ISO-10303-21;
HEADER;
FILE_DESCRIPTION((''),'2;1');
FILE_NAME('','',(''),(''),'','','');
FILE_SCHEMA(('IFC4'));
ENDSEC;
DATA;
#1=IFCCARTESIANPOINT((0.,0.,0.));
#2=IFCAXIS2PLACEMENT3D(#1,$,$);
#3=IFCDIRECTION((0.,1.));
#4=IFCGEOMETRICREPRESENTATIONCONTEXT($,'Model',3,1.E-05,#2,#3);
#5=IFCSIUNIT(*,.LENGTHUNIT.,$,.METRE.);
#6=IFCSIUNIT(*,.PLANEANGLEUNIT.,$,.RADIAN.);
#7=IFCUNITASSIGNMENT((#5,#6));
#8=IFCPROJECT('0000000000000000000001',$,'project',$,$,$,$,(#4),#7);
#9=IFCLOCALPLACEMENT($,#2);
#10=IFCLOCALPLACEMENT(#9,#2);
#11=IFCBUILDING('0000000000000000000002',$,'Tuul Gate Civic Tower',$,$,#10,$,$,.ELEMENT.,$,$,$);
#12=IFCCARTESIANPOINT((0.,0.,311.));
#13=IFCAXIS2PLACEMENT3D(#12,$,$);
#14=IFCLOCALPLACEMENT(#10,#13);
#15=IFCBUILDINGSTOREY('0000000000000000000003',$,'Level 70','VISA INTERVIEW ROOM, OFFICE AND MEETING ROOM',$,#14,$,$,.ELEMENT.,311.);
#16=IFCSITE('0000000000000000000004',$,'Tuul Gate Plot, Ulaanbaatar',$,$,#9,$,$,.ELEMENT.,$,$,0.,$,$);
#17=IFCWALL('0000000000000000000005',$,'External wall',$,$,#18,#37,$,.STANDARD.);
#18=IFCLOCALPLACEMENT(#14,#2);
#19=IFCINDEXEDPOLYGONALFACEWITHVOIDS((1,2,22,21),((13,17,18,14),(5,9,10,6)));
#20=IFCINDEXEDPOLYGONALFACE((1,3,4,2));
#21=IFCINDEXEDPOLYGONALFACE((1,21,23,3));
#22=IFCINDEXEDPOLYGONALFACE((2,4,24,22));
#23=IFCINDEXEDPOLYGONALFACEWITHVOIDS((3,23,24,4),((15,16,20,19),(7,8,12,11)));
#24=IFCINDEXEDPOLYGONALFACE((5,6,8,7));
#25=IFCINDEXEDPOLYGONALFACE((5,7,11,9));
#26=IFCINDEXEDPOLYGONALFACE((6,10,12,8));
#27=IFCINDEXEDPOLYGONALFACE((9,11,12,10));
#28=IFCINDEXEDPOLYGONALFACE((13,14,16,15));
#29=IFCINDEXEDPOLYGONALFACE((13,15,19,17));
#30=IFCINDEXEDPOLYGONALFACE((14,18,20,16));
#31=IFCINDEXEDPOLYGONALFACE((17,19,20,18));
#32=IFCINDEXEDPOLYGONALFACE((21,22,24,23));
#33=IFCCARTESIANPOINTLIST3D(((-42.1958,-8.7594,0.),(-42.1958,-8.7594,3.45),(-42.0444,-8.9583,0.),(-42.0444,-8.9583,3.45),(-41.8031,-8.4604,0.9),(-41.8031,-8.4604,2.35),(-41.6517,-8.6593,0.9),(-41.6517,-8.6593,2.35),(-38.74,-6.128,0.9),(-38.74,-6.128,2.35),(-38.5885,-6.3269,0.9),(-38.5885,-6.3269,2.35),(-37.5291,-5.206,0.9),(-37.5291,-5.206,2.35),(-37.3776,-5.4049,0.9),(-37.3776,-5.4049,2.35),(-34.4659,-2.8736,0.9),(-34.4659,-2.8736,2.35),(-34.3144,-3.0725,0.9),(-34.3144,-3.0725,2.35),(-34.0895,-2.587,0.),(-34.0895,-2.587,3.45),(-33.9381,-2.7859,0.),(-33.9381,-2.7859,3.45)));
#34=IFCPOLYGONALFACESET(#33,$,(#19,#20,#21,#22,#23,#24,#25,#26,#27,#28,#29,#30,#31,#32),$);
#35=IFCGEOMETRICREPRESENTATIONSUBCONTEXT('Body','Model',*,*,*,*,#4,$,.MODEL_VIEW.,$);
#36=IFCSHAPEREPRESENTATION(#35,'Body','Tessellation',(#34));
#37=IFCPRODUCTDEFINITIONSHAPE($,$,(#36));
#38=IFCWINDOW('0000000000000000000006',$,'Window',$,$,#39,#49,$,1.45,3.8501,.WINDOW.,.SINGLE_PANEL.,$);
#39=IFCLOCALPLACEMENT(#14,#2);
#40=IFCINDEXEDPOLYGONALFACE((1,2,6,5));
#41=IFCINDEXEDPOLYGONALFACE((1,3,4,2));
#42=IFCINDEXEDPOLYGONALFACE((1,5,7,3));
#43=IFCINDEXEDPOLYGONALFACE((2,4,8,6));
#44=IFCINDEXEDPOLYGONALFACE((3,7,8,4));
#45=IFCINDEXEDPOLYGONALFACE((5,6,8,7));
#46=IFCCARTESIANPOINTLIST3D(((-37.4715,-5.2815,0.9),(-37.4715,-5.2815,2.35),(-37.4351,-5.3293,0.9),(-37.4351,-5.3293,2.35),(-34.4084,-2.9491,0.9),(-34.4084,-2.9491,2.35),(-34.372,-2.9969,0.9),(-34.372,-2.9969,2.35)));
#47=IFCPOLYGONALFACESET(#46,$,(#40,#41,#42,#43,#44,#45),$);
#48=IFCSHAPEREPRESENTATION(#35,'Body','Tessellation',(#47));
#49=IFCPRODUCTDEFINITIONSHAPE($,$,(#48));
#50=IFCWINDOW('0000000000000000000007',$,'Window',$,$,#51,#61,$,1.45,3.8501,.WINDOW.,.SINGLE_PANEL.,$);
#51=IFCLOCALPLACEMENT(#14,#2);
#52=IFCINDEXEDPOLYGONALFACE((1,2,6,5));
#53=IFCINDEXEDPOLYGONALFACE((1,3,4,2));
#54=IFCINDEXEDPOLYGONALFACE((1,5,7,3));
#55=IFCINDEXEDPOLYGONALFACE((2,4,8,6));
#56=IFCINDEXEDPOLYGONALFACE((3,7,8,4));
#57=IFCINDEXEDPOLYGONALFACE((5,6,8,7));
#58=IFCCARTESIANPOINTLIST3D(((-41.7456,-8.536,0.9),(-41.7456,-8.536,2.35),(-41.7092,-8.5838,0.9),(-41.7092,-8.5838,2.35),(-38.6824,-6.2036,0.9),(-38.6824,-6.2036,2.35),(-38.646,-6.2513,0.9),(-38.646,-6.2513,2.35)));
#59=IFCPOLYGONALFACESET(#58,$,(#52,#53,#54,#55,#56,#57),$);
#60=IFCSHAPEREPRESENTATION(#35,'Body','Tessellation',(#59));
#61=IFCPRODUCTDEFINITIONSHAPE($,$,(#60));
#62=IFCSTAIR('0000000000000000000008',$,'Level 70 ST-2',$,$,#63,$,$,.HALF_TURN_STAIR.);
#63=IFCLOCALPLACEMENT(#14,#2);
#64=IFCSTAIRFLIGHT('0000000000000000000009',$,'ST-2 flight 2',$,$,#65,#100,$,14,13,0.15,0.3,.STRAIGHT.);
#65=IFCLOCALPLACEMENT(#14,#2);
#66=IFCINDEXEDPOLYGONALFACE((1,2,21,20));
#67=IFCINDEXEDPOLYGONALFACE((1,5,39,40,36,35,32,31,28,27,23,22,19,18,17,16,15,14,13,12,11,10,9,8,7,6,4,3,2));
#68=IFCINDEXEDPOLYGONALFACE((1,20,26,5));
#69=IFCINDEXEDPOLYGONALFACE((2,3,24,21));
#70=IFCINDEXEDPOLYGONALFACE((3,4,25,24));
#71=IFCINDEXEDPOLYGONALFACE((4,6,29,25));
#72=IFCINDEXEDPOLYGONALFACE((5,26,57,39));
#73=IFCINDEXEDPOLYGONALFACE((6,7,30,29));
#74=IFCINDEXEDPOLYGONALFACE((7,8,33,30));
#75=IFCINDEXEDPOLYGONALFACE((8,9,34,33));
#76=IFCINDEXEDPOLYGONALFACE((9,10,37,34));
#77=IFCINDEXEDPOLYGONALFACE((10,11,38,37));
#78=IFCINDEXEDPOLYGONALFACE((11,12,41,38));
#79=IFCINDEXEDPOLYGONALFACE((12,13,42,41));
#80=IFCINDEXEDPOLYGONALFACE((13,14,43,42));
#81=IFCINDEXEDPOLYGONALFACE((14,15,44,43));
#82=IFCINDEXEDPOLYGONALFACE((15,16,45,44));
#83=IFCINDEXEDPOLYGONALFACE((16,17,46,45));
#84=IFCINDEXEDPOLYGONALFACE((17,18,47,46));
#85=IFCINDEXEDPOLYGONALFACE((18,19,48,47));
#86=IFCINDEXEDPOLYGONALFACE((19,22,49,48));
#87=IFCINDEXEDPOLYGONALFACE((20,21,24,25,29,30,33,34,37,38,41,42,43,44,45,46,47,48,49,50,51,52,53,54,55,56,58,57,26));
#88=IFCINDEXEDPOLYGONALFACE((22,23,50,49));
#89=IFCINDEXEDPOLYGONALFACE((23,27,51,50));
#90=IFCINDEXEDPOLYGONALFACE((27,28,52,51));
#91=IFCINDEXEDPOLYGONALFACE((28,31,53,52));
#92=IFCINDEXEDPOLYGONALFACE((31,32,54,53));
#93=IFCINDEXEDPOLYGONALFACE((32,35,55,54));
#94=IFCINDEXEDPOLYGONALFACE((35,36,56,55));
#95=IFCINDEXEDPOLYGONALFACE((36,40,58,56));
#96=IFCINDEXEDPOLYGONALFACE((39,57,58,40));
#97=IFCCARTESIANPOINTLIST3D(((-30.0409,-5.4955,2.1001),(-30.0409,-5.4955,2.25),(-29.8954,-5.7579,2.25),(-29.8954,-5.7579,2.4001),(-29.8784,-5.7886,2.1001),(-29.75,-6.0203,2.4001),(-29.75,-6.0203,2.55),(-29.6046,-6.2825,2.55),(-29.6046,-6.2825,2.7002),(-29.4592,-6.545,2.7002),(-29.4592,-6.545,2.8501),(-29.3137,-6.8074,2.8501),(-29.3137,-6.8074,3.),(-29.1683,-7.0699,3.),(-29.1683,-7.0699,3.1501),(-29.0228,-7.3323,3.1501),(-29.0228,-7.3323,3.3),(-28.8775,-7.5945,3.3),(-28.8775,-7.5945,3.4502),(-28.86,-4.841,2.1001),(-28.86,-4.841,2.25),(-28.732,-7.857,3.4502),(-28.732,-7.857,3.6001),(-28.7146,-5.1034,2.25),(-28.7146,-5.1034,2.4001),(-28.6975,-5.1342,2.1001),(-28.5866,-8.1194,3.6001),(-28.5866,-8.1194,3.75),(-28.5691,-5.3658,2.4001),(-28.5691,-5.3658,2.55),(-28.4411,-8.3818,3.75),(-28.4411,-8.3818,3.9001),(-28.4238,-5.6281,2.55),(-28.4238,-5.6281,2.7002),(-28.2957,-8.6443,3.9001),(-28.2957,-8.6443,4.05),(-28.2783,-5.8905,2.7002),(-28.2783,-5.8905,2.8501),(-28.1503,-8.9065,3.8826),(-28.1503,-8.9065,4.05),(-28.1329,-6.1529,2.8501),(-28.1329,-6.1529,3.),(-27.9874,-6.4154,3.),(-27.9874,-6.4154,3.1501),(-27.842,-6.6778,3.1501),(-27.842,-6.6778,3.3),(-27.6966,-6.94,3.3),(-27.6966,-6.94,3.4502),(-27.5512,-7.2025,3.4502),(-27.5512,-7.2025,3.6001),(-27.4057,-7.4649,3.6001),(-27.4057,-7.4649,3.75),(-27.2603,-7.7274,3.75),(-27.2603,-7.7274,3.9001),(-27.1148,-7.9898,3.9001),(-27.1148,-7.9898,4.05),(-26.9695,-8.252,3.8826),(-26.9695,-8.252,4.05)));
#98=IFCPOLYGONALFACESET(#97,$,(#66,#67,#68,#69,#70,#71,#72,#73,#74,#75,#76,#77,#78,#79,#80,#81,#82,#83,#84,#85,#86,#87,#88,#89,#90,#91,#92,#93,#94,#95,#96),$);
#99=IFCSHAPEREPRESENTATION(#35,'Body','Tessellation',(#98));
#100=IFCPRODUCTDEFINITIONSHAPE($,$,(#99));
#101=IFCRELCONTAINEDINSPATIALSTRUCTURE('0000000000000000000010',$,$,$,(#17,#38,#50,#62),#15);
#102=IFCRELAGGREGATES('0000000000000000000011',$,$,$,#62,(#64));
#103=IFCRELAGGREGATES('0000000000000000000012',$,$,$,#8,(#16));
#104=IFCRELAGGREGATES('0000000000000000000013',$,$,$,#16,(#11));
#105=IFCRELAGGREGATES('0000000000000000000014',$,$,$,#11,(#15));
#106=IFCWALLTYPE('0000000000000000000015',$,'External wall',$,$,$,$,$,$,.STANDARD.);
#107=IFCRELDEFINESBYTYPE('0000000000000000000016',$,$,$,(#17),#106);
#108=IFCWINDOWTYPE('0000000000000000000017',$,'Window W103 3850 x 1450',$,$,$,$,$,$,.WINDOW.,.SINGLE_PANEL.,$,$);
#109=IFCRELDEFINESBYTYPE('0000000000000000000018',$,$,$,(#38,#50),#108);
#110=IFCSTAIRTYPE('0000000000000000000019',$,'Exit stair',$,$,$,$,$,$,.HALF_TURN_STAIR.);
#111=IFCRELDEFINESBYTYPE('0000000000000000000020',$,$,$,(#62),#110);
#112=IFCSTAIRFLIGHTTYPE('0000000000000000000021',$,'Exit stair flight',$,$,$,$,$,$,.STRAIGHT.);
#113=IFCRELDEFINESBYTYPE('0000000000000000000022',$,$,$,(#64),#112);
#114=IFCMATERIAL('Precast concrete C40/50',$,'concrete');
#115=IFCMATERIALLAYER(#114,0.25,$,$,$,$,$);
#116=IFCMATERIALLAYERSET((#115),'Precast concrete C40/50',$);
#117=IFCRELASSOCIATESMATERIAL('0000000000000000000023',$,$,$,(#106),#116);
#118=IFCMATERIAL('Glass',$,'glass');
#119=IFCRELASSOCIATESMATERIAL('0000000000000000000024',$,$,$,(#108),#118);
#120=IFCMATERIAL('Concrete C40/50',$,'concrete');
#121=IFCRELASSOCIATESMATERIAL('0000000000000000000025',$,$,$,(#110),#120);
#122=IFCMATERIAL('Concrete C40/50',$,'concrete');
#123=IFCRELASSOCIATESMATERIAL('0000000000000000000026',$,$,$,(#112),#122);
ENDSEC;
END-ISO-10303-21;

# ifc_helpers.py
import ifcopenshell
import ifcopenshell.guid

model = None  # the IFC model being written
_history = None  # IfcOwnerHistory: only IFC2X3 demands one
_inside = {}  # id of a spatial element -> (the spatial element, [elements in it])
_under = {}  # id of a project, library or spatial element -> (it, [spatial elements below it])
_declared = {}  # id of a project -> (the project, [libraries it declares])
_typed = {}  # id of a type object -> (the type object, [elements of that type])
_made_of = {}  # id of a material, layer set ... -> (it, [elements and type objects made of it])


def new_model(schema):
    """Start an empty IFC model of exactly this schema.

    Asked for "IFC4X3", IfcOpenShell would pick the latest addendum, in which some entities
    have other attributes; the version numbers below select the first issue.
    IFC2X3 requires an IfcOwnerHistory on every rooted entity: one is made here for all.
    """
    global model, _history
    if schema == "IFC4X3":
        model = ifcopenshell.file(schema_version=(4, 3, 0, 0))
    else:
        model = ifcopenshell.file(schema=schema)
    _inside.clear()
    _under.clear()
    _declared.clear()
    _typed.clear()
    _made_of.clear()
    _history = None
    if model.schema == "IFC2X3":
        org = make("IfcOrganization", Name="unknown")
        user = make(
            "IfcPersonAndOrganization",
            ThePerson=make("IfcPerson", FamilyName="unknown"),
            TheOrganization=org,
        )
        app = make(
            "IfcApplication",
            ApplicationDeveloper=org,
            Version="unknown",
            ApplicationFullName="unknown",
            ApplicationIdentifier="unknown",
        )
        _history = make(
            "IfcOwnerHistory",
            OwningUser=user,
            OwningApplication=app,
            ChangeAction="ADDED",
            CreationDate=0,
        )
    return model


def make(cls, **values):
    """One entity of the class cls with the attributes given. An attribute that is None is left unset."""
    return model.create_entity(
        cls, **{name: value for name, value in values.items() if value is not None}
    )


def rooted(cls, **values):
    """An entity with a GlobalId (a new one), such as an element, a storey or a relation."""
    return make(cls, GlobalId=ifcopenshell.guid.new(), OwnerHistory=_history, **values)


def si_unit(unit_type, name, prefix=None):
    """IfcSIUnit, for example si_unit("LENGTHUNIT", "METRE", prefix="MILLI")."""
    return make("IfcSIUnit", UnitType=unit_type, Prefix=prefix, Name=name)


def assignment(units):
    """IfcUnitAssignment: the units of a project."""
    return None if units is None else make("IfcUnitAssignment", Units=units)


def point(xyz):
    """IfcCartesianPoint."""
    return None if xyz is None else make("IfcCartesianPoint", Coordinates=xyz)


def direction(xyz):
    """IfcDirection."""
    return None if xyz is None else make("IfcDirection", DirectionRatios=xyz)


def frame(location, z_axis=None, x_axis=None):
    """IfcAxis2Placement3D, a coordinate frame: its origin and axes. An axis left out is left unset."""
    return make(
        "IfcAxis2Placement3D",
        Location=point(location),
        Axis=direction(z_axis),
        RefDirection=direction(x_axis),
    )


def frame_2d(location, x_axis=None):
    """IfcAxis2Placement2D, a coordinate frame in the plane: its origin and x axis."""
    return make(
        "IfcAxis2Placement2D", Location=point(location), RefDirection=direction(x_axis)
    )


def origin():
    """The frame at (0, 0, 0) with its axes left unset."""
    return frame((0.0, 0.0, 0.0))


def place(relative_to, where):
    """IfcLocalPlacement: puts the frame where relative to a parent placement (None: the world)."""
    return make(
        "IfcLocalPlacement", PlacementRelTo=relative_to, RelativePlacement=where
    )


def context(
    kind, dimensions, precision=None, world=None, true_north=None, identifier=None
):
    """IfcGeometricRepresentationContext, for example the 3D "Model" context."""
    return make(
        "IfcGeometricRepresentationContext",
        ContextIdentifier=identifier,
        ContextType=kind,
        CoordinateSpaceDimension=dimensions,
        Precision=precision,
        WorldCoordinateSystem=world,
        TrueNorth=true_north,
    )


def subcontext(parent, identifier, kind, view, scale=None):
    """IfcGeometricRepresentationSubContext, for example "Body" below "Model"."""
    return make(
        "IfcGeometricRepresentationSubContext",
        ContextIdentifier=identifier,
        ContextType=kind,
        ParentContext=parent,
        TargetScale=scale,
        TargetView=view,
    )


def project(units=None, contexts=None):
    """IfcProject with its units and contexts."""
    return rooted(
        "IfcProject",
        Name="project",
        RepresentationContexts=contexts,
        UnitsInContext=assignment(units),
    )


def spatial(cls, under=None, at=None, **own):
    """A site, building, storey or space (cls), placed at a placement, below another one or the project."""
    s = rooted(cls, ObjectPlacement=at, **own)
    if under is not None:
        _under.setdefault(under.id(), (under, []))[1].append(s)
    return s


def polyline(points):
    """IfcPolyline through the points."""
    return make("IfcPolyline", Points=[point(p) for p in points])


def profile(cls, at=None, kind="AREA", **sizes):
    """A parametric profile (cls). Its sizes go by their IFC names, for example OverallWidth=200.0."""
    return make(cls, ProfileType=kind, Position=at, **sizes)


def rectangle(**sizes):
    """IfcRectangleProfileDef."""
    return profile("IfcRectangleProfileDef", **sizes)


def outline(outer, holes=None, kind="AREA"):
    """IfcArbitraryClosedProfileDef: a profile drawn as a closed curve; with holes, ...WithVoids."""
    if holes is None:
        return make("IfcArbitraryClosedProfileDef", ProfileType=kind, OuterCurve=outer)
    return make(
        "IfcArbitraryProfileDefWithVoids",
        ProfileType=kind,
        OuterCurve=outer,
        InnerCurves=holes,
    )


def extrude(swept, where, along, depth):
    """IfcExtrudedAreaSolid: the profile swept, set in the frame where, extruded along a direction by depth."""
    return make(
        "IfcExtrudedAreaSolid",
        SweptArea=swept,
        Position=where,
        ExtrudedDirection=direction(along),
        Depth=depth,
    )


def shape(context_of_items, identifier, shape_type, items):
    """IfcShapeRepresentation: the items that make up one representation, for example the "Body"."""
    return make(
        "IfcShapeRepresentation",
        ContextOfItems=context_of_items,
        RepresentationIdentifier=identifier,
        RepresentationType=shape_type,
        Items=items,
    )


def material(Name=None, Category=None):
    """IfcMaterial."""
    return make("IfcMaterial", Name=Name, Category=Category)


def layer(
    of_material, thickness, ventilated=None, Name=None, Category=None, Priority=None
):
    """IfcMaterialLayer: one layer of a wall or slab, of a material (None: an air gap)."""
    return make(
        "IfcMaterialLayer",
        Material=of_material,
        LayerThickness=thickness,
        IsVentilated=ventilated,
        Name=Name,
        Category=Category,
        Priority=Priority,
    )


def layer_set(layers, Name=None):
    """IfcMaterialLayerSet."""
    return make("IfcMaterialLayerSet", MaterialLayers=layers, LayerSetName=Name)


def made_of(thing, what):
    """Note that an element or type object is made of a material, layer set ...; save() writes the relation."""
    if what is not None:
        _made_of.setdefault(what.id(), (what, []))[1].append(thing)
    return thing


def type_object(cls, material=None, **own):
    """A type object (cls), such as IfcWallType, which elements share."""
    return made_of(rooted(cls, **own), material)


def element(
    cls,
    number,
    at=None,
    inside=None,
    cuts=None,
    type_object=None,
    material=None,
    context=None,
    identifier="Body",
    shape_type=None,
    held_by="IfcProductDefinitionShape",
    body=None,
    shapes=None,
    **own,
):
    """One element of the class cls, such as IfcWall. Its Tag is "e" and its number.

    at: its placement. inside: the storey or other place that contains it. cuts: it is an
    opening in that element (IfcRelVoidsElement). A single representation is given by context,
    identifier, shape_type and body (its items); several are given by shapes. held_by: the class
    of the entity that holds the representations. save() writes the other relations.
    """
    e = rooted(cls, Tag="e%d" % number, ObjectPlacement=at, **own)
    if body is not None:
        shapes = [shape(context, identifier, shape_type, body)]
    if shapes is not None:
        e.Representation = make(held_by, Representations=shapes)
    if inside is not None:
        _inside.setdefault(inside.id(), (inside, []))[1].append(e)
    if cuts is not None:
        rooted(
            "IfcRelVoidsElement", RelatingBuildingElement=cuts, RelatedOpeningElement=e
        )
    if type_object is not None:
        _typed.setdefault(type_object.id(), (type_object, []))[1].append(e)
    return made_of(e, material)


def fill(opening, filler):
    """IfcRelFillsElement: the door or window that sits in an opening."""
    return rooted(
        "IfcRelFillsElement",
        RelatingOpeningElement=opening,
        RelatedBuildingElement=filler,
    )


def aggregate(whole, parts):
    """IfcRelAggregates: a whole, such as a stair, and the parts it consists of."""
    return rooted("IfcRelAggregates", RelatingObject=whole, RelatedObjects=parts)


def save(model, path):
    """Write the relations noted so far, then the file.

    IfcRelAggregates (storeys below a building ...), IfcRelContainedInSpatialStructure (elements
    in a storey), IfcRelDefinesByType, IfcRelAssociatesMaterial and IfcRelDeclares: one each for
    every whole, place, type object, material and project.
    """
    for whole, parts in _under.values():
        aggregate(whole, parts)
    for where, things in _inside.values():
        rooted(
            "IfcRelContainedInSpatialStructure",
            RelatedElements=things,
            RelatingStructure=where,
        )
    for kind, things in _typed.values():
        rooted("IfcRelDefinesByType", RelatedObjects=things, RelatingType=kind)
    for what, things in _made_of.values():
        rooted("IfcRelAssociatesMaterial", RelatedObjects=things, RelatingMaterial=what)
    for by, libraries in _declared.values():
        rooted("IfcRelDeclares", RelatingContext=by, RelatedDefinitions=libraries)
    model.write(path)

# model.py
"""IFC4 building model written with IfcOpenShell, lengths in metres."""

from ifc_helpers import new_model, si_unit, direction, frame, frame_2d, origin, place, context, subcontext, project, spatial, polyline, rectangle, outline, extrude, material, layer, layer_set, type_object, element, fill, aggregate, save


model = new_model("IFC4")

# Units and contexts
model_context = context("Model", 3, precision=1e-05, world=origin(), true_north=direction((0.0, 1.0)))
body_context = subcontext(model_context, "Body", "Model", "MODEL_VIEW")
ifc_project = project(units=[si_unit("LENGTHUNIT", "METRE"), si_unit("PLANEANGLEUNIT", "RADIAN")], contexts=[model_context])

# Site, building, storey
site_placement = place(None, origin())
site = spatial("IfcSite", under=ifc_project, at=site_placement, Name="Tuul Gate Plot, Ulaanbaatar", CompositionType="ELEMENT", RefElevation=0.0)
building_placement = place(site_placement, origin())
building = spatial("IfcBuilding", under=site, at=building_placement, Name="Tuul Gate Civic Tower", CompositionType="ELEMENT")
storey_placement = place(building_placement, frame((0.0, 0.0, 311.0)))
storey = spatial("IfcBuildingStorey", under=building, at=storey_placement, Name="Level 70", Description="VISA INTERVIEW ROOM, OFFICE AND MEETING ROOM", CompositionType="ELEMENT", Elevation=311.0)

# Wall, openings, windows
ifc_material_1 = material(Name="Precast concrete C40/50", Category="concrete")
ifc_layer_1 = layer(ifc_material_1, 0.25)
ifc_layer_set_1 = layer_set([ifc_layer_1], Name="Precast concrete C40/50")
wall_type_1 = type_object("IfcWallType", Name="External wall", PredefinedType="STANDARD", material=ifc_layer_set_1)
wall_1_placement = place(storey_placement, frame((-34.0139, -2.6865, 0.0), z_axis=(0.0, 0.0, 1.0), x_axis=(-0.795611, -0.605808, 0.0)))
wall_1 = element("IfcWall", 1, at=wall_1_placement, inside=storey, type_object=wall_type_1, Name="External wall", PredefinedType="STANDARD", context=body_context, shape_type="SweptSolid", body=[
    extrude(rectangle(XDim=10.1887, YDim=0.25, at=frame_2d((5.0942, 0.0))), origin(), (0.0, 0.0, 1.0), 3.45),
])
opening_1_placement = place(wall_1_placement, frame((0.4729, 0.0, 0.8999)))
opening_1 = element("IfcOpeningElement", 2, at=opening_1_placement, cuts=wall_1, PredefinedType="OPENING", context=body_context, shape_type="SweptSolid", body=[
    extrude(rectangle(XDim=3.8501, YDim=1.45, at=frame_2d((1.925, 0.7251))), frame((0.0, 0.135, 0.0), z_axis=(0.0, -1.0, 0.0), x_axis=(1.0, 0.0, 0.0)), (0.0, 0.0, 1.0), 0.27),
])
opening_2_placement = place(wall_1_placement, frame((5.845, 0.0, 0.8999)))
opening_2 = element("IfcOpeningElement", 3, at=opening_2_placement, cuts=wall_1, PredefinedType="OPENING", context=body_context, shape_type="SweptSolid", body=[
    extrude(rectangle(XDim=3.8501, YDim=1.45, at=frame_2d((1.925, 0.7251))), frame((0.0, 0.135, 0.0), z_axis=(0.0, -1.0, 0.0), x_axis=(1.0, 0.0, 0.0)), (0.0, 0.0, 1.0), 0.27),
])
ifc_material_2 = material(Name="Glass", Category="glass")
window_type = type_object("IfcWindowType", Name="Window W103 3850 x 1450", PartitioningType="SINGLE_PANEL", PredefinedType="WINDOW", material=ifc_material_2)
window_1_placement = place(opening_1_placement, origin())
window_1 = element("IfcWindow", 4, at=window_1_placement, inside=storey, type_object=window_type, Name="Window", OverallHeight=1.45, OverallWidth=3.8501, PartitioningType="SINGLE_PANEL", PredefinedType="WINDOW", context=body_context, shape_type="SweptSolid", body=[
    extrude(rectangle(XDim=3.8501, YDim=1.45, at=frame_2d((1.925, 0.7251))), frame((0.0, 0.03, 0.0), z_axis=(0.0, -1.0, 0.0), x_axis=(1.0, 0.0, 0.0)), (0.0, 0.0, 1.0), 0.0601),
])
fill(opening_1, window_1)
window_2_placement = place(opening_2_placement, origin())
window_2 = element("IfcWindow", 5, at=window_2_placement, inside=storey, type_object=window_type, Name="Window", OverallHeight=1.45, OverallWidth=3.8501, PartitioningType="SINGLE_PANEL", PredefinedType="WINDOW", context=body_context, shape_type="SweptSolid", body=[
    extrude(rectangle(XDim=3.8501, YDim=1.45, at=frame_2d((1.925, 0.7251))), frame((0.0, 0.03, 0.0), z_axis=(0.0, -1.0, 0.0), x_axis=(1.0, 0.0, 0.0)), (0.0, 0.0, 1.0), 0.0601),
])
fill(opening_2, window_2)

# Stair, stair flight
ifc_material_3 = material(Name="Concrete C40/50", Category="concrete")
stair_type = type_object("IfcStairType", Name="Exit stair", PredefinedType="HALF_TURN_STAIR", material=ifc_material_3)
stair_placement = place(storey_placement, origin())
stair = element("IfcStair", 6, at=stair_placement, inside=storey, type_object=stair_type, Name="Level 70 ST-2", PredefinedType="HALF_TURN_STAIR")
ifc_material_4 = material(Name="Concrete C40/50", Category="concrete")
stair_flight_type = type_object("IfcStairFlightType", Name="Exit stair flight", PredefinedType="STRAIGHT", material=ifc_material_4)
stair_flight_placement = place(storey_placement, frame((-29.4504, -5.1682, 2.1001), z_axis=(0.0, 0.0, 1.0), x_axis=(0.484762, -0.874646, 0.0)))
stair_flight = element("IfcStairFlight", 7, at=stair_flight_placement, type_object=stair_flight_type, Name="ST-2 flight 2", NumberOfRisers=14, NumberOfTreads=13, PredefinedType="STRAIGHT", RiserHeight=0.15, TreadLength=0.3, context=body_context, shape_type="SweptSolid", body=[
    extrude(outline(polyline([(0.0, 0.0), (0.0, 0.1499), (0.3, 0.1499), (0.3, 0.3), (0.6001, 0.3), (0.6001, 0.45), (0.8999, 0.45), (0.8999, 0.6001), (1.2, 0.6001), (1.2, 0.75), (1.5, 0.75), (1.5, 0.8999), (1.8, 0.8999), (1.8, 1.05), (2.1001, 1.05), (2.1001, 1.2), (2.3999, 1.2), (2.3999, 1.3501), (2.7, 1.3501), (2.7, 1.5), (3.0, 1.5), (3.0, 1.6499), (3.3, 1.6499), (3.3, 1.8), (3.6001, 1.8), (3.6001, 1.95), (3.8999, 1.95), (3.8999, 2.1001), (3.8999, 1.7825), (0.3352, 0.0), (0.0, 0.0)])), frame((0.0, 0.675, 0.0), z_axis=(0.0, -1.0, 0.0), x_axis=(1.0, 0.0, 0.0)), (0.0, 0.0, 1.0), 1.3501),
])
aggregate(stair, [stair_flight])

save(model, "model.ifc")
